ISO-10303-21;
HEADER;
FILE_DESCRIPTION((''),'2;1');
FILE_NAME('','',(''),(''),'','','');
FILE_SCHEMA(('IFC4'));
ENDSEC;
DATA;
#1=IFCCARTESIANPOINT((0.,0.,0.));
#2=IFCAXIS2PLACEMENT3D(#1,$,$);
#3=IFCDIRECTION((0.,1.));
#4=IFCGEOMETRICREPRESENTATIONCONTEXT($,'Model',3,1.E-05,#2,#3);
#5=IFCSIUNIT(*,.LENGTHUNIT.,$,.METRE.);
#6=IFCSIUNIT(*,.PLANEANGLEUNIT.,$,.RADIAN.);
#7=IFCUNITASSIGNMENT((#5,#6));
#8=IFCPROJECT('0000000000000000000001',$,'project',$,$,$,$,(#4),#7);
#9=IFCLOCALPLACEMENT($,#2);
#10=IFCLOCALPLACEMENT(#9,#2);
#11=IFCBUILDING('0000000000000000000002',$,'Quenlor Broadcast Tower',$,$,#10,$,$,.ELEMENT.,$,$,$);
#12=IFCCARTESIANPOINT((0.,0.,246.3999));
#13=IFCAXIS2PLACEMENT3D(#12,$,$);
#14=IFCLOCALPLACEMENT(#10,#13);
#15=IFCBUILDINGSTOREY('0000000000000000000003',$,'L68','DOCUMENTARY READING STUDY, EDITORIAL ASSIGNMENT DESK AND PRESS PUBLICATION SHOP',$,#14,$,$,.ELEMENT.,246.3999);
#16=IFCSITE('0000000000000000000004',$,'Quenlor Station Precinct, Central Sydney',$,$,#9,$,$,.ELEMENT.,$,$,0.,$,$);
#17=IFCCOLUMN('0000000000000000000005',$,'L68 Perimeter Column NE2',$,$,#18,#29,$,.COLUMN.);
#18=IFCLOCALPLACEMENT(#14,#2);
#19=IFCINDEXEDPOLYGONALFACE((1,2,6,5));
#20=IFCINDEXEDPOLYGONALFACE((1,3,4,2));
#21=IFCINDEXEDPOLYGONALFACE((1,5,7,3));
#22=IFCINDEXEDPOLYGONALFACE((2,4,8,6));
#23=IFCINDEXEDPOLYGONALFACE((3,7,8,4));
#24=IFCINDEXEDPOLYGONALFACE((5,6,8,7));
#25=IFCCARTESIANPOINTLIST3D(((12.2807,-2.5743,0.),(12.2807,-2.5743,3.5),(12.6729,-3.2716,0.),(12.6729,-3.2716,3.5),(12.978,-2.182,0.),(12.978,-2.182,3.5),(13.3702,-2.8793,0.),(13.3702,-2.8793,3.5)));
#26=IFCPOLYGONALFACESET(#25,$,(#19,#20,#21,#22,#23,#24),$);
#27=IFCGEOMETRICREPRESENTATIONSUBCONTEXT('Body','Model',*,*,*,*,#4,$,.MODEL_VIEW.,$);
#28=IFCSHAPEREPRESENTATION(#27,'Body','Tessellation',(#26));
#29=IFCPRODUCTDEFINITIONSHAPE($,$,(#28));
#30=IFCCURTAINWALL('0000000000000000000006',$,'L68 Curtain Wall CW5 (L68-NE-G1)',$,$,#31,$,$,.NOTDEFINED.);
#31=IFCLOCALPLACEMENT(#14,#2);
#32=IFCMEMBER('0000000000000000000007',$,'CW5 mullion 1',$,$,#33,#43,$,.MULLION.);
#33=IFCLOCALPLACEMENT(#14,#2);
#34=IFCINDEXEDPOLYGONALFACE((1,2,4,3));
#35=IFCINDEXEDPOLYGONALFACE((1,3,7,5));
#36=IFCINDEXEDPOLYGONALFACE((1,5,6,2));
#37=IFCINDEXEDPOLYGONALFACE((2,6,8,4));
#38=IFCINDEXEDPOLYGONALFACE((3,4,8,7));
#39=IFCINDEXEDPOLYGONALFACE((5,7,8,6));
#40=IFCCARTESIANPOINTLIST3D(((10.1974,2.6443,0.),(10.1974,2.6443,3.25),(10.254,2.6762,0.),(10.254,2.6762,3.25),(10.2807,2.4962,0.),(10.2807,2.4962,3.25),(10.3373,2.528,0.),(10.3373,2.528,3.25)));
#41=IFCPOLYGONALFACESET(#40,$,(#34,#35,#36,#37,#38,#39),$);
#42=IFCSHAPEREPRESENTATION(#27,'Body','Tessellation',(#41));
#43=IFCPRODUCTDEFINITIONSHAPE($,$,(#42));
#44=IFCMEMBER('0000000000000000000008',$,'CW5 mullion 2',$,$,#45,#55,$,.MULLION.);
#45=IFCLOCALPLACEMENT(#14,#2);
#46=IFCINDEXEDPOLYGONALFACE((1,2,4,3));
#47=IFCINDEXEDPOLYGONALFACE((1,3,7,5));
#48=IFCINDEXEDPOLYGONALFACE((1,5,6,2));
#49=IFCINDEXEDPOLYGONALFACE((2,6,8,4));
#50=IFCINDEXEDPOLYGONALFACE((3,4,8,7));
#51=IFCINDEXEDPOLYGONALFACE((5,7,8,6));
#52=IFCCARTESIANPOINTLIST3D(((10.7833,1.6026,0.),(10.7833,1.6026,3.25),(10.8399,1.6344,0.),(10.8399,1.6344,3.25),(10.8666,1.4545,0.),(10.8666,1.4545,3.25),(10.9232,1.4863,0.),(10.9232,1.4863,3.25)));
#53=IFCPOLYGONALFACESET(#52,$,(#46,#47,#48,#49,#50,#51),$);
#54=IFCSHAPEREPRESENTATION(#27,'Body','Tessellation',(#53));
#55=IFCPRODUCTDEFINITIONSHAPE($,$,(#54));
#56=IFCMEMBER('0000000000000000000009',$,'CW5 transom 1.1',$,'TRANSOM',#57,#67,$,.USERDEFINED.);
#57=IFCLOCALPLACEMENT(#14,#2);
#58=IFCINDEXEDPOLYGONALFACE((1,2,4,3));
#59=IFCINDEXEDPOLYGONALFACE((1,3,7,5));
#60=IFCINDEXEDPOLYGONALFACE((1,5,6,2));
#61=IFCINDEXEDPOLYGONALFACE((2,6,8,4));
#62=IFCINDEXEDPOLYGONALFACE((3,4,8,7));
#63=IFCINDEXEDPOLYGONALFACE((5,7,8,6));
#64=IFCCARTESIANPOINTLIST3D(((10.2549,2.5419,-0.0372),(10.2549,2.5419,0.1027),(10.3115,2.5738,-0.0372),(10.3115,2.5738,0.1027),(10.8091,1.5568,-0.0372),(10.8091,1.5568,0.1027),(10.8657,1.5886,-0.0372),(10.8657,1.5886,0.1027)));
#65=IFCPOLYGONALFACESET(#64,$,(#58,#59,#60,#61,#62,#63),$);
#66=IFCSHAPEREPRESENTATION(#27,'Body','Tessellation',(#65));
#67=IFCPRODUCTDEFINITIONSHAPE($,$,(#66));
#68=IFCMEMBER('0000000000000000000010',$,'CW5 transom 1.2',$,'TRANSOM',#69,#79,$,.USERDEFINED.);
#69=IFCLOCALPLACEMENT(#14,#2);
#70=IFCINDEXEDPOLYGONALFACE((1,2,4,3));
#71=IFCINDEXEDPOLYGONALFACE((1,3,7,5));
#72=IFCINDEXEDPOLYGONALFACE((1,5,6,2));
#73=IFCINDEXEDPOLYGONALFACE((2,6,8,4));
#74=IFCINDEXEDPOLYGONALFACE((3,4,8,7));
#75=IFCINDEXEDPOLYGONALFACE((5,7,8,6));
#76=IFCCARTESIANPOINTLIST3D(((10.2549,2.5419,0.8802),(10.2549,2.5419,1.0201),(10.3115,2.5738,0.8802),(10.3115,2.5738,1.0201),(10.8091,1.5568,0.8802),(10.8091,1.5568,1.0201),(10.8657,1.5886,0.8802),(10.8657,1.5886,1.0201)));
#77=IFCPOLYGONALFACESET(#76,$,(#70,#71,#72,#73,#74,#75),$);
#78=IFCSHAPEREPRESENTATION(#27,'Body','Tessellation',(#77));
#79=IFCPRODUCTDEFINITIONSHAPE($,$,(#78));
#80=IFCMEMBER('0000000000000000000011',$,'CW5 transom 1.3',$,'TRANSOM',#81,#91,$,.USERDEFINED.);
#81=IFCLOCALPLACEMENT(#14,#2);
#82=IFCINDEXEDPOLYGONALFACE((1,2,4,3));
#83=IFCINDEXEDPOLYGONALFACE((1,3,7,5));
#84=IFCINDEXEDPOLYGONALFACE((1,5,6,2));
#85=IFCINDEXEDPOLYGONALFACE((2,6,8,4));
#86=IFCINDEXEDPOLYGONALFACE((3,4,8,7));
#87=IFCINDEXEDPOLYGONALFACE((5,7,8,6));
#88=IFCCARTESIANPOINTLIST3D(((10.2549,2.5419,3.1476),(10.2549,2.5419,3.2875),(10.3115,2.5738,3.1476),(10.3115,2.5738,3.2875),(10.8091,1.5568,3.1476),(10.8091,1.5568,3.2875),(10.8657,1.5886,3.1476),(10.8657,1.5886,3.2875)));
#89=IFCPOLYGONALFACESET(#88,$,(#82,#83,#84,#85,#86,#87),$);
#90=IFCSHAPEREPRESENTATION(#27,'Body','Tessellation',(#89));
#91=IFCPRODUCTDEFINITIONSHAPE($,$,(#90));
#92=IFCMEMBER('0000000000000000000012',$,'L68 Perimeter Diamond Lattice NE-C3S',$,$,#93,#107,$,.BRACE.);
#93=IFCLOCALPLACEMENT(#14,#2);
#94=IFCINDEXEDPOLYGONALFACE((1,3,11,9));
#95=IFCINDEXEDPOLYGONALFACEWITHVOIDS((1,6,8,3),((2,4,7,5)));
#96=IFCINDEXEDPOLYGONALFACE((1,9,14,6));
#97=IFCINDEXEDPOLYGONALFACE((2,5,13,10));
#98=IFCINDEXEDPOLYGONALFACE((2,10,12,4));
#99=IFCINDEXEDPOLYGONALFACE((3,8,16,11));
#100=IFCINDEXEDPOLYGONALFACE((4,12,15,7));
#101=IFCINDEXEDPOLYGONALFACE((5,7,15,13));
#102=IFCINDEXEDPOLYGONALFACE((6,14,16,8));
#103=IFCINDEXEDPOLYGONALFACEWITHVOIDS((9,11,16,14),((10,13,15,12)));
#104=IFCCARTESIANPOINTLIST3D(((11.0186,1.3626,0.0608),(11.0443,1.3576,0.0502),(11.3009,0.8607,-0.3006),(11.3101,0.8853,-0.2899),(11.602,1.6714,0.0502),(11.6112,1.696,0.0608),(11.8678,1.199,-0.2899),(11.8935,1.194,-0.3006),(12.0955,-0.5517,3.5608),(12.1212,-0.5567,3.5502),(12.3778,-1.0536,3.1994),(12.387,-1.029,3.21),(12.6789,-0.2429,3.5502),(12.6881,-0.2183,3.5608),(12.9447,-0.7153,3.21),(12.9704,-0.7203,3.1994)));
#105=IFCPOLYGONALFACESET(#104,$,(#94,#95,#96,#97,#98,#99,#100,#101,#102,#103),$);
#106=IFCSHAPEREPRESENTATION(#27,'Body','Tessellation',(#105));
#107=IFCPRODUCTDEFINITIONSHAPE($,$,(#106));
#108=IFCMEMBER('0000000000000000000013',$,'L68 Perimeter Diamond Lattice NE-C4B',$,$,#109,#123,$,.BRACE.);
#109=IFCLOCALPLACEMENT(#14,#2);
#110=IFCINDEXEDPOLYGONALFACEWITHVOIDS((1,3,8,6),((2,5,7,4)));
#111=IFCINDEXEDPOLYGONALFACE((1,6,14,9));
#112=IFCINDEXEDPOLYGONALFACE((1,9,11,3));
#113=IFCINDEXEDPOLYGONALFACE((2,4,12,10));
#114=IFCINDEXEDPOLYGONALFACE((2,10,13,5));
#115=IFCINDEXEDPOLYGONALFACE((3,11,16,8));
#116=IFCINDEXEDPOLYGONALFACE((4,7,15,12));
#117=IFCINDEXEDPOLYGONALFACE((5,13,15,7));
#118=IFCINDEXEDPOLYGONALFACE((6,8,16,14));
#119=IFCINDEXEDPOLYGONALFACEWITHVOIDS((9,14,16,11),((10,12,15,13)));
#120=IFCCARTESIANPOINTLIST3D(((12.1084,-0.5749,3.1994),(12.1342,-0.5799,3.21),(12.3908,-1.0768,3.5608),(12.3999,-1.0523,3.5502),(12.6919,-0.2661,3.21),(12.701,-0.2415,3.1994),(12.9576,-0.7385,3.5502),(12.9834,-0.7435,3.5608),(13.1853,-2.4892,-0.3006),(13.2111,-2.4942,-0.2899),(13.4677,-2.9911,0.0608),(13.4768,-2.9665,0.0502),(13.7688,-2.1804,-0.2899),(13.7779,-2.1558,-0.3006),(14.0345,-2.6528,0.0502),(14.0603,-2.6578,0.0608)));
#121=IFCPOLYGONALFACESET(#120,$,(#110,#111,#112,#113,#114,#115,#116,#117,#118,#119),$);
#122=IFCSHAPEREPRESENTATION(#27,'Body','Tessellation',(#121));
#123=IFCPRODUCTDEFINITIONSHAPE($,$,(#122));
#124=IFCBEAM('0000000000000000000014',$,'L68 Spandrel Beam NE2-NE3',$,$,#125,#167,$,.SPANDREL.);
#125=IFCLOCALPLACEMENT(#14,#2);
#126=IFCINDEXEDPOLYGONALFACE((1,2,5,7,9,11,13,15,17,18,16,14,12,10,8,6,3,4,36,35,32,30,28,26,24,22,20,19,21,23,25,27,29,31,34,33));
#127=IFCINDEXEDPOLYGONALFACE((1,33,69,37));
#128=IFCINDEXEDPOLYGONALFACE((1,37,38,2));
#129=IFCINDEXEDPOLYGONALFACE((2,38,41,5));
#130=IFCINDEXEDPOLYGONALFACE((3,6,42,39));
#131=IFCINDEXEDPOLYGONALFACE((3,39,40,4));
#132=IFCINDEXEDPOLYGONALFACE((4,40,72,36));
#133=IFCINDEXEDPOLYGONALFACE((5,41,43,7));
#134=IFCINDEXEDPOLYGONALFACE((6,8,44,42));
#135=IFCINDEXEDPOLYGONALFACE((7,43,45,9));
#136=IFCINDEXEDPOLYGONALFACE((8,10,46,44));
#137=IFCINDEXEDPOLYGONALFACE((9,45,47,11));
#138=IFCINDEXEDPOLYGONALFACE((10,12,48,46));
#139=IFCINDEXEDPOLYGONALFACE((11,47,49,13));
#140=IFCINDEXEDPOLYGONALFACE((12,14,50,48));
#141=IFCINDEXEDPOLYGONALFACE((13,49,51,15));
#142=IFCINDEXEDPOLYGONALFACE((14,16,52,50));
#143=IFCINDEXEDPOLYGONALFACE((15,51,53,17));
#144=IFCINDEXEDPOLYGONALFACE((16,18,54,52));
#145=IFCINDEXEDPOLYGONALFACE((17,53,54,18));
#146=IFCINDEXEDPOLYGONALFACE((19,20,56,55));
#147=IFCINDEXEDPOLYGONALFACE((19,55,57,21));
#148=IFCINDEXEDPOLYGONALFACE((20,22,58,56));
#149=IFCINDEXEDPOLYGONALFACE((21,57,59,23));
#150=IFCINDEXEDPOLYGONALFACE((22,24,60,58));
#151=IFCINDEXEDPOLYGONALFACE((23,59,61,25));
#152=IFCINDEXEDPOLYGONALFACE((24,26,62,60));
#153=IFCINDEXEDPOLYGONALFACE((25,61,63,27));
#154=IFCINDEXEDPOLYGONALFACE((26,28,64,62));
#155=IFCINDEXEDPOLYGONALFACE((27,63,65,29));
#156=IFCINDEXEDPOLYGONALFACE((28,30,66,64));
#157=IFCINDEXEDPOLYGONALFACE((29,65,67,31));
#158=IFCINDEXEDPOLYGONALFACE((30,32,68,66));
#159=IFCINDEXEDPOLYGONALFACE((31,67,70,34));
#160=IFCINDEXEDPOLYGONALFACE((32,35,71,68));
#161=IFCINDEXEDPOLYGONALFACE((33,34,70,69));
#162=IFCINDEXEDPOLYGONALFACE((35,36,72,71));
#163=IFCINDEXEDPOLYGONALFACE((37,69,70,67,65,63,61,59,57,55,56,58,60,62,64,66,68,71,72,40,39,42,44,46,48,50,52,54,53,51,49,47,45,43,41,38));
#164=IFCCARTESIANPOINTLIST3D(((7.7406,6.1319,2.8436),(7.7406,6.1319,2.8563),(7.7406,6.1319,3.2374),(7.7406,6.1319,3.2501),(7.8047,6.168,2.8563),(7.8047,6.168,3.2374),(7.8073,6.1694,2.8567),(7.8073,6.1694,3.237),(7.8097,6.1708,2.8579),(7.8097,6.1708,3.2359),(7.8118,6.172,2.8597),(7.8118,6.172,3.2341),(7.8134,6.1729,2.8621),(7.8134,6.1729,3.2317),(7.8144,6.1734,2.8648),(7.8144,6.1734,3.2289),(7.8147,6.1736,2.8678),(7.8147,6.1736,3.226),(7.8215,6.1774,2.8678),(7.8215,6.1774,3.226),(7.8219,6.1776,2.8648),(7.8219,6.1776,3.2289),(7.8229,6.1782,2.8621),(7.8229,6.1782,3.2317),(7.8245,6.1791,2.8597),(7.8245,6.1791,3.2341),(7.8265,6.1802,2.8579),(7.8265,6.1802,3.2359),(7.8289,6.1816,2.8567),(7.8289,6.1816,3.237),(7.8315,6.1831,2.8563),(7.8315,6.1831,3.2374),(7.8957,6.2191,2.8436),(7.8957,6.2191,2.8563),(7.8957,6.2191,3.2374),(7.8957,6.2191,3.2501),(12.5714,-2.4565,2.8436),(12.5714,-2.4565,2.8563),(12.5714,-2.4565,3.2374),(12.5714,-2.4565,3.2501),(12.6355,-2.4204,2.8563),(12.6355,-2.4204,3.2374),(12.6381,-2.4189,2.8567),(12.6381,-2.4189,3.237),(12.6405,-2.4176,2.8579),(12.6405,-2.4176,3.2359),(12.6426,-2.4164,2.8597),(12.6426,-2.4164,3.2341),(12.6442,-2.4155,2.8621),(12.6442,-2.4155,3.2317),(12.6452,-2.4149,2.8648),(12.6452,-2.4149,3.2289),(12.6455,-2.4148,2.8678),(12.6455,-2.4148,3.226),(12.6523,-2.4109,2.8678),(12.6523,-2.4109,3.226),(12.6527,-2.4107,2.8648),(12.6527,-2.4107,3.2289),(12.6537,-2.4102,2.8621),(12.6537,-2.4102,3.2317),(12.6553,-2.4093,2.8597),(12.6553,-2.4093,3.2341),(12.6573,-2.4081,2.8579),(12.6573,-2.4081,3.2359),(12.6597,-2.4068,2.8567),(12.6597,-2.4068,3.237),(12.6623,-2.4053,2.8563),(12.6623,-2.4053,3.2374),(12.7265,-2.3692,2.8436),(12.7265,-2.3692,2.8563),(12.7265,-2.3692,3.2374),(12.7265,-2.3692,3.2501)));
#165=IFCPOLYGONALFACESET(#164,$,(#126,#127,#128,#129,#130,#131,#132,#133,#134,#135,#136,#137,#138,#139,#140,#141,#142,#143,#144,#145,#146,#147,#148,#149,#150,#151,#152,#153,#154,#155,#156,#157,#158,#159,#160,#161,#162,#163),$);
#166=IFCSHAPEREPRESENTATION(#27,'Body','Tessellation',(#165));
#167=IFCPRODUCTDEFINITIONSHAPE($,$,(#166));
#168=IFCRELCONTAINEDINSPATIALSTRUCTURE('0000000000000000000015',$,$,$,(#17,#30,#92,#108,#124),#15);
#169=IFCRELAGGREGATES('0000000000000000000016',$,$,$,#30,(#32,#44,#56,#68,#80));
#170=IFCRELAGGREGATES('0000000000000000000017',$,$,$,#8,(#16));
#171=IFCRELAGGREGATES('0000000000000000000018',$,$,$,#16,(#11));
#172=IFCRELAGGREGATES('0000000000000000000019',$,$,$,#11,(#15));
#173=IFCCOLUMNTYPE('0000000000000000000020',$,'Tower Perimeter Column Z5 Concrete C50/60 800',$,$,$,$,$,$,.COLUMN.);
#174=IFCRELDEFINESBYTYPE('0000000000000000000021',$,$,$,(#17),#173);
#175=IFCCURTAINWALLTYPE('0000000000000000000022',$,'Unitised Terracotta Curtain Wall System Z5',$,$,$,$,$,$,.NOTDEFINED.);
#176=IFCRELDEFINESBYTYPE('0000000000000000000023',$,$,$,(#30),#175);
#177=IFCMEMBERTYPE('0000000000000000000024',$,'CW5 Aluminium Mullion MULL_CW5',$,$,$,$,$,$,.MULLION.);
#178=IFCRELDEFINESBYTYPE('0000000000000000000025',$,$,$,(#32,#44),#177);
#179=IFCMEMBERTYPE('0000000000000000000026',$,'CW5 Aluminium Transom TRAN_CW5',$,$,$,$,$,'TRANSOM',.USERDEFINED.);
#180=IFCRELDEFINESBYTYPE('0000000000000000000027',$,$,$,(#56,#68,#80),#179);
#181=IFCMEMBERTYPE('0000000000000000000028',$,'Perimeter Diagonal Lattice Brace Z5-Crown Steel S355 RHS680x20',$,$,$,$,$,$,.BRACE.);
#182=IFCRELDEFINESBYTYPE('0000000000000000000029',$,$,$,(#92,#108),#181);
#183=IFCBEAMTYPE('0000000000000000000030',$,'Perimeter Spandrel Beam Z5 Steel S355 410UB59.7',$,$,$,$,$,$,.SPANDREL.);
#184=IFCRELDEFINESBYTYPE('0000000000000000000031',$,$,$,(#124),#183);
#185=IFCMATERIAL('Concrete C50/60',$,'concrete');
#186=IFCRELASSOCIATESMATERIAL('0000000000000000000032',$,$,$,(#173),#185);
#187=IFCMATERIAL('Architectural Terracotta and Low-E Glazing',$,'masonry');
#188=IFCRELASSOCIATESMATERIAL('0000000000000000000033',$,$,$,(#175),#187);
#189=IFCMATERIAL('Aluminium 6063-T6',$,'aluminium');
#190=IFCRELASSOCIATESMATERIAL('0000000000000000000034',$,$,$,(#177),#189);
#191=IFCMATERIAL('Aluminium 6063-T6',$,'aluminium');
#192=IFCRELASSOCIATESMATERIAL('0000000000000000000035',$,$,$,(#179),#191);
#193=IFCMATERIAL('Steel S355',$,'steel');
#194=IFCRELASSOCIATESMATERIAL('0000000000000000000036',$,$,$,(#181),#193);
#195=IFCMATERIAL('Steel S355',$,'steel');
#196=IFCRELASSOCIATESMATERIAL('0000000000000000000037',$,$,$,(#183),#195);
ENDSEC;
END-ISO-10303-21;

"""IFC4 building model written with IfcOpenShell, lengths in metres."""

from ifc_helpers import new_model, si_unit, direction, frame, origin, origin_2d, place, context, subcontext, project, spatial, rectangle, hollow_rectangle, i_section, extrude, material, material_profile, profile_set, type_object, element, aggregate, save


model = new_model("IFC4")

# Units and contexts
model_context = context("Model", 3, precision=1e-05, world=origin(), true_north=direction((0.0, 1.0)))
body_context = subcontext(model_context, "Body", "Model", "MODEL_VIEW")
ifc_project = project(units=[si_unit("LENGTHUNIT", "METRE"), si_unit("PLANEANGLEUNIT", "RADIAN")], contexts=[model_context])

# Site, building, storey
site_placement = place(None, origin())
site = spatial("IfcSite", under=ifc_project, at=site_placement, Name="Quenlor Station Precinct, Central Sydney", CompositionType="ELEMENT", RefElevation=0.0)
building_placement = place(site_placement, origin())
building = spatial("IfcBuilding", under=site, at=building_placement, Name="Quenlor Broadcast Tower", CompositionType="ELEMENT")
storey_placement = place(building_placement, frame((0.0, 0.0, 246.3999)))
storey = spatial("IfcBuildingStorey", under=building, at=storey_placement, Name="L68", Description="DOCUMENTARY READING STUDY, EDITORIAL ASSIGNMENT DESK AND PRESS PUBLICATION SHOP", CompositionType="ELEMENT", Elevation=246.3999)

# Column
ifc_material_1 = material(Name="Concrete C50/60", Category="concrete")
ifc_material_profile_1 = material_profile(ifc_material_1, rectangle(XDim=0.8, YDim=0.8, at=origin_2d()))
ifc_profile_set_1 = profile_set([ifc_material_profile_1], Name="Concrete C50/60 RC800x800")
column_type = type_object("IfcColumnType", Name="Tower Perimeter Column Z5 Concrete C50/60 800", PredefinedType="COLUMN", material=ifc_profile_set_1)
column_placement = place(storey_placement, frame((12.8254, -2.7268, 0.0), z_axis=(0.0, 0.0, 1.0), x_axis=(0.871575, 0.490262, 0.0)))
element("IfcColumn", 1, at=column_placement, inside=storey, type_object=column_type, Name="L68 Perimeter Column NE2", PredefinedType="COLUMN", context=body_context, shape_type="SweptSolid", body=[
    extrude(rectangle(XDim=0.8, YDim=0.8, at=origin_2d()), origin(), (0.0, 0.0, 1.0), 3.5),
])

# Curtain wall, members
ifc_material_2 = material(Name="Architectural Terracotta and Low-E Glazing", Category="masonry")
curtain_wall_type = type_object("IfcCurtainWallType", Name="Unitised Terracotta Curtain Wall System Z5", PredefinedType="NOTDEFINED", material=ifc_material_2)
curtain_wall_placement = place(storey_placement, origin())
curtain_wall = element("IfcCurtainWall", 2, at=curtain_wall_placement, inside=storey, type_object=curtain_wall_type, Name="L68 Curtain Wall CW5 (L68-NE-G1)", PredefinedType="NOTDEFINED")
ifc_material_3 = material(Name="Aluminium 6063-T6", Category="aluminium")
ifc_material_profile_2 = material_profile(ifc_material_3, rectangle(XDim=0.0649, YDim=0.1699, at=origin_2d()))
ifc_profile_set_2 = profile_set([ifc_material_profile_2], Name="Aluminium 6063-T6 MULL65x170")
member_type_1 = type_object("IfcMemberType", Name="CW5 Aluminium Mullion MULL_CW5", PredefinedType="MULLION", material=ifc_profile_set_2)
member_1_placement = place(storey_placement, frame((10.2673, 2.5862, 0.0), z_axis=(0.0, 0.0, 1.0), x_axis=(0.871592, 0.490231, 0.0)))
member_1 = element("IfcMember", 3, at=member_1_placement, type_object=member_type_1, Name="CW5 mullion 1", PredefinedType="MULLION", context=body_context, shape_type="SweptSolid", body=[
    extrude(rectangle(XDim=0.0649, YDim=0.1699, at=origin_2d()), origin(), (0.0, 0.0, 1.0), 3.25),
])
member_2_placement = place(storey_placement, frame((10.8533, 1.5444, 0.0), z_axis=(0.0, 0.0, 1.0), x_axis=(0.871592, 0.490231, 0.0)))
member_2 = element("IfcMember", 4, at=member_2_placement, type_object=member_type_1, Name="CW5 mullion 2", PredefinedType="MULLION", context=body_context, shape_type="SweptSolid", body=[
    extrude(rectangle(XDim=0.0649, YDim=0.1699, at=origin_2d()), origin(), (0.0, 0.0, 1.0), 3.25),
])
ifc_material_4 = material(Name="Aluminium 6063-T6", Category="aluminium")
ifc_material_profile_3 = material_profile(ifc_material_4, rectangle(XDim=0.0649, YDim=0.1399, at=origin_2d()))
ifc_profile_set_3 = profile_set([ifc_material_profile_3], Name="Aluminium 6063-T6 TRAN65x140")
member_type_2 = type_object("IfcMemberType", Name="CW5 Aluminium Transom TRAN_CW5", ElementType="TRANSOM", PredefinedType="USERDEFINED", material=ifc_profile_set_3)
member_3_placement = place(storey_placement, frame((10.2832, 2.5579, 0.0327), z_axis=(0.490313, -0.871547, 0.0), x_axis=(0.871547, 0.490313, 0.0)))
member_3 = element("IfcMember", 5, at=member_3_placement, type_object=member_type_2, Name="CW5 transom 1.1", ObjectType="TRANSOM", PredefinedType="USERDEFINED", context=body_context, shape_type="SweptSolid", body=[
    extrude(rectangle(XDim=0.0649, YDim=0.1399, at=origin_2d()), origin(), (0.0, 0.0, 1.0), 1.1304),
])
member_4_placement = place(storey_placement, frame((10.2832, 2.5579, 0.9502), z_axis=(0.490313, -0.871547, 0.0), x_axis=(0.871547, 0.490313, 0.0)))
member_4 = element("IfcMember", 6, at=member_4_placement, type_object=member_type_2, Name="CW5 transom 1.2", ObjectType="TRANSOM", PredefinedType="USERDEFINED", context=body_context, shape_type="SweptSolid", body=[
    extrude(rectangle(XDim=0.0649, YDim=0.1399, at=origin_2d()), origin(), (0.0, 0.0, 1.0), 1.1304),
])
member_5_placement = place(storey_placement, frame((10.2832, 2.5579, 3.2175), z_axis=(0.490313, -0.871547, 0.0), x_axis=(0.871547, 0.490313, 0.0)))
member_5 = element("IfcMember", 7, at=member_5_placement, type_object=member_type_2, Name="CW5 transom 1.3", ObjectType="TRANSOM", PredefinedType="USERDEFINED", context=body_context, shape_type="SweptSolid", body=[
    extrude(rectangle(XDim=0.0649, YDim=0.1399, at=origin_2d()), origin(), (0.0, 0.0, 1.0), 1.1304),
])

# Members
ifc_material_5 = material(Name="Steel S355", Category="steel")
ifc_material_profile_4 = material_profile(ifc_material_5, hollow_rectangle(XDim=0.6799, YDim=0.6799, WallThickness=0.02, at=origin_2d()))
ifc_profile_set_4 = profile_set([ifc_material_profile_4], Name="Steel S355 RHS680x680x20")
member_type_3 = type_object("IfcMemberType", Name="Perimeter Diagonal Lattice Brace Z5-Crown Steel S355 RHS680x20", PredefinedType="BRACE", material=ifc_profile_set_4)
for number, where, z_axis, x_axis, name in (
    (8, (11.4561, 1.2783, -0.1199), (0.260619, -0.463276, 0.847026), (0.871555, 0.490298, 0.0), "L68 Perimeter Diamond Lattice NE-C3S"),
    (9, (13.6228, -2.5735, -0.1199), (-0.260619, 0.463276, 0.847026), (-0.871555, -0.490298, 0.0), "L68 Perimeter Diamond Lattice NE-C4B"),
):
    element("IfcMember", number, at=place(storey_placement, frame(where, z_axis=z_axis, x_axis=x_axis)), inside=storey, type_object=member_type_3, Name=name, PredefinedType="BRACE", context=body_context, shape_type="SweptSolid", body=[
        extrude(hollow_rectangle(XDim=0.6799, YDim=0.6799, WallThickness=0.02, at=origin_2d()), origin(), (0.0, 0.0, 1.0), 4.1321),
    ])

# Beam
ifc_material_6 = material(Name="Steel S355", Category="steel")
ifc_material_profile_5 = material_profile(ifc_material_6, i_section(OverallWidth=0.178, OverallDepth=0.4065, WebThickness=0.0078, FlangeThickness=0.0127, FilletRadius=0.0115, at=origin_2d()))
ifc_profile_set_5 = profile_set([ifc_material_profile_5], Name="Steel S355 410UB59.7")
beam_type_1 = type_object("IfcBeamType", Name="Perimeter Spandrel Beam Z5 Steel S355 410UB59.7", PredefinedType="SPANDREL", material=ifc_profile_set_5)
beam_1_placement = place(storey_placement, frame((12.6489, -2.4128, 3.0469), z_axis=(-0.490249, 0.871582, 0.0), x_axis=(-0.871582, -0.490249, 0.0)))
element("IfcBeam", 10, at=beam_1_placement, inside=storey, type_object=beam_type_1, Name="L68 Spandrel Beam NE2-NE3", PredefinedType="SPANDREL", context=body_context, shape_type="SweptSolid", body=[
    extrude(i_section(OverallWidth=0.178, OverallDepth=0.4065, WebThickness=0.0078, FlangeThickness=0.0127, FilletRadius=0.0115, at=origin_2d()), origin(), (0.0, 0.0, 1.0), 9.8538),
])

aggregate(curtain_wall, [member_1, member_2, member_3, member_4, member_5])

save(model, "model.ifc")
